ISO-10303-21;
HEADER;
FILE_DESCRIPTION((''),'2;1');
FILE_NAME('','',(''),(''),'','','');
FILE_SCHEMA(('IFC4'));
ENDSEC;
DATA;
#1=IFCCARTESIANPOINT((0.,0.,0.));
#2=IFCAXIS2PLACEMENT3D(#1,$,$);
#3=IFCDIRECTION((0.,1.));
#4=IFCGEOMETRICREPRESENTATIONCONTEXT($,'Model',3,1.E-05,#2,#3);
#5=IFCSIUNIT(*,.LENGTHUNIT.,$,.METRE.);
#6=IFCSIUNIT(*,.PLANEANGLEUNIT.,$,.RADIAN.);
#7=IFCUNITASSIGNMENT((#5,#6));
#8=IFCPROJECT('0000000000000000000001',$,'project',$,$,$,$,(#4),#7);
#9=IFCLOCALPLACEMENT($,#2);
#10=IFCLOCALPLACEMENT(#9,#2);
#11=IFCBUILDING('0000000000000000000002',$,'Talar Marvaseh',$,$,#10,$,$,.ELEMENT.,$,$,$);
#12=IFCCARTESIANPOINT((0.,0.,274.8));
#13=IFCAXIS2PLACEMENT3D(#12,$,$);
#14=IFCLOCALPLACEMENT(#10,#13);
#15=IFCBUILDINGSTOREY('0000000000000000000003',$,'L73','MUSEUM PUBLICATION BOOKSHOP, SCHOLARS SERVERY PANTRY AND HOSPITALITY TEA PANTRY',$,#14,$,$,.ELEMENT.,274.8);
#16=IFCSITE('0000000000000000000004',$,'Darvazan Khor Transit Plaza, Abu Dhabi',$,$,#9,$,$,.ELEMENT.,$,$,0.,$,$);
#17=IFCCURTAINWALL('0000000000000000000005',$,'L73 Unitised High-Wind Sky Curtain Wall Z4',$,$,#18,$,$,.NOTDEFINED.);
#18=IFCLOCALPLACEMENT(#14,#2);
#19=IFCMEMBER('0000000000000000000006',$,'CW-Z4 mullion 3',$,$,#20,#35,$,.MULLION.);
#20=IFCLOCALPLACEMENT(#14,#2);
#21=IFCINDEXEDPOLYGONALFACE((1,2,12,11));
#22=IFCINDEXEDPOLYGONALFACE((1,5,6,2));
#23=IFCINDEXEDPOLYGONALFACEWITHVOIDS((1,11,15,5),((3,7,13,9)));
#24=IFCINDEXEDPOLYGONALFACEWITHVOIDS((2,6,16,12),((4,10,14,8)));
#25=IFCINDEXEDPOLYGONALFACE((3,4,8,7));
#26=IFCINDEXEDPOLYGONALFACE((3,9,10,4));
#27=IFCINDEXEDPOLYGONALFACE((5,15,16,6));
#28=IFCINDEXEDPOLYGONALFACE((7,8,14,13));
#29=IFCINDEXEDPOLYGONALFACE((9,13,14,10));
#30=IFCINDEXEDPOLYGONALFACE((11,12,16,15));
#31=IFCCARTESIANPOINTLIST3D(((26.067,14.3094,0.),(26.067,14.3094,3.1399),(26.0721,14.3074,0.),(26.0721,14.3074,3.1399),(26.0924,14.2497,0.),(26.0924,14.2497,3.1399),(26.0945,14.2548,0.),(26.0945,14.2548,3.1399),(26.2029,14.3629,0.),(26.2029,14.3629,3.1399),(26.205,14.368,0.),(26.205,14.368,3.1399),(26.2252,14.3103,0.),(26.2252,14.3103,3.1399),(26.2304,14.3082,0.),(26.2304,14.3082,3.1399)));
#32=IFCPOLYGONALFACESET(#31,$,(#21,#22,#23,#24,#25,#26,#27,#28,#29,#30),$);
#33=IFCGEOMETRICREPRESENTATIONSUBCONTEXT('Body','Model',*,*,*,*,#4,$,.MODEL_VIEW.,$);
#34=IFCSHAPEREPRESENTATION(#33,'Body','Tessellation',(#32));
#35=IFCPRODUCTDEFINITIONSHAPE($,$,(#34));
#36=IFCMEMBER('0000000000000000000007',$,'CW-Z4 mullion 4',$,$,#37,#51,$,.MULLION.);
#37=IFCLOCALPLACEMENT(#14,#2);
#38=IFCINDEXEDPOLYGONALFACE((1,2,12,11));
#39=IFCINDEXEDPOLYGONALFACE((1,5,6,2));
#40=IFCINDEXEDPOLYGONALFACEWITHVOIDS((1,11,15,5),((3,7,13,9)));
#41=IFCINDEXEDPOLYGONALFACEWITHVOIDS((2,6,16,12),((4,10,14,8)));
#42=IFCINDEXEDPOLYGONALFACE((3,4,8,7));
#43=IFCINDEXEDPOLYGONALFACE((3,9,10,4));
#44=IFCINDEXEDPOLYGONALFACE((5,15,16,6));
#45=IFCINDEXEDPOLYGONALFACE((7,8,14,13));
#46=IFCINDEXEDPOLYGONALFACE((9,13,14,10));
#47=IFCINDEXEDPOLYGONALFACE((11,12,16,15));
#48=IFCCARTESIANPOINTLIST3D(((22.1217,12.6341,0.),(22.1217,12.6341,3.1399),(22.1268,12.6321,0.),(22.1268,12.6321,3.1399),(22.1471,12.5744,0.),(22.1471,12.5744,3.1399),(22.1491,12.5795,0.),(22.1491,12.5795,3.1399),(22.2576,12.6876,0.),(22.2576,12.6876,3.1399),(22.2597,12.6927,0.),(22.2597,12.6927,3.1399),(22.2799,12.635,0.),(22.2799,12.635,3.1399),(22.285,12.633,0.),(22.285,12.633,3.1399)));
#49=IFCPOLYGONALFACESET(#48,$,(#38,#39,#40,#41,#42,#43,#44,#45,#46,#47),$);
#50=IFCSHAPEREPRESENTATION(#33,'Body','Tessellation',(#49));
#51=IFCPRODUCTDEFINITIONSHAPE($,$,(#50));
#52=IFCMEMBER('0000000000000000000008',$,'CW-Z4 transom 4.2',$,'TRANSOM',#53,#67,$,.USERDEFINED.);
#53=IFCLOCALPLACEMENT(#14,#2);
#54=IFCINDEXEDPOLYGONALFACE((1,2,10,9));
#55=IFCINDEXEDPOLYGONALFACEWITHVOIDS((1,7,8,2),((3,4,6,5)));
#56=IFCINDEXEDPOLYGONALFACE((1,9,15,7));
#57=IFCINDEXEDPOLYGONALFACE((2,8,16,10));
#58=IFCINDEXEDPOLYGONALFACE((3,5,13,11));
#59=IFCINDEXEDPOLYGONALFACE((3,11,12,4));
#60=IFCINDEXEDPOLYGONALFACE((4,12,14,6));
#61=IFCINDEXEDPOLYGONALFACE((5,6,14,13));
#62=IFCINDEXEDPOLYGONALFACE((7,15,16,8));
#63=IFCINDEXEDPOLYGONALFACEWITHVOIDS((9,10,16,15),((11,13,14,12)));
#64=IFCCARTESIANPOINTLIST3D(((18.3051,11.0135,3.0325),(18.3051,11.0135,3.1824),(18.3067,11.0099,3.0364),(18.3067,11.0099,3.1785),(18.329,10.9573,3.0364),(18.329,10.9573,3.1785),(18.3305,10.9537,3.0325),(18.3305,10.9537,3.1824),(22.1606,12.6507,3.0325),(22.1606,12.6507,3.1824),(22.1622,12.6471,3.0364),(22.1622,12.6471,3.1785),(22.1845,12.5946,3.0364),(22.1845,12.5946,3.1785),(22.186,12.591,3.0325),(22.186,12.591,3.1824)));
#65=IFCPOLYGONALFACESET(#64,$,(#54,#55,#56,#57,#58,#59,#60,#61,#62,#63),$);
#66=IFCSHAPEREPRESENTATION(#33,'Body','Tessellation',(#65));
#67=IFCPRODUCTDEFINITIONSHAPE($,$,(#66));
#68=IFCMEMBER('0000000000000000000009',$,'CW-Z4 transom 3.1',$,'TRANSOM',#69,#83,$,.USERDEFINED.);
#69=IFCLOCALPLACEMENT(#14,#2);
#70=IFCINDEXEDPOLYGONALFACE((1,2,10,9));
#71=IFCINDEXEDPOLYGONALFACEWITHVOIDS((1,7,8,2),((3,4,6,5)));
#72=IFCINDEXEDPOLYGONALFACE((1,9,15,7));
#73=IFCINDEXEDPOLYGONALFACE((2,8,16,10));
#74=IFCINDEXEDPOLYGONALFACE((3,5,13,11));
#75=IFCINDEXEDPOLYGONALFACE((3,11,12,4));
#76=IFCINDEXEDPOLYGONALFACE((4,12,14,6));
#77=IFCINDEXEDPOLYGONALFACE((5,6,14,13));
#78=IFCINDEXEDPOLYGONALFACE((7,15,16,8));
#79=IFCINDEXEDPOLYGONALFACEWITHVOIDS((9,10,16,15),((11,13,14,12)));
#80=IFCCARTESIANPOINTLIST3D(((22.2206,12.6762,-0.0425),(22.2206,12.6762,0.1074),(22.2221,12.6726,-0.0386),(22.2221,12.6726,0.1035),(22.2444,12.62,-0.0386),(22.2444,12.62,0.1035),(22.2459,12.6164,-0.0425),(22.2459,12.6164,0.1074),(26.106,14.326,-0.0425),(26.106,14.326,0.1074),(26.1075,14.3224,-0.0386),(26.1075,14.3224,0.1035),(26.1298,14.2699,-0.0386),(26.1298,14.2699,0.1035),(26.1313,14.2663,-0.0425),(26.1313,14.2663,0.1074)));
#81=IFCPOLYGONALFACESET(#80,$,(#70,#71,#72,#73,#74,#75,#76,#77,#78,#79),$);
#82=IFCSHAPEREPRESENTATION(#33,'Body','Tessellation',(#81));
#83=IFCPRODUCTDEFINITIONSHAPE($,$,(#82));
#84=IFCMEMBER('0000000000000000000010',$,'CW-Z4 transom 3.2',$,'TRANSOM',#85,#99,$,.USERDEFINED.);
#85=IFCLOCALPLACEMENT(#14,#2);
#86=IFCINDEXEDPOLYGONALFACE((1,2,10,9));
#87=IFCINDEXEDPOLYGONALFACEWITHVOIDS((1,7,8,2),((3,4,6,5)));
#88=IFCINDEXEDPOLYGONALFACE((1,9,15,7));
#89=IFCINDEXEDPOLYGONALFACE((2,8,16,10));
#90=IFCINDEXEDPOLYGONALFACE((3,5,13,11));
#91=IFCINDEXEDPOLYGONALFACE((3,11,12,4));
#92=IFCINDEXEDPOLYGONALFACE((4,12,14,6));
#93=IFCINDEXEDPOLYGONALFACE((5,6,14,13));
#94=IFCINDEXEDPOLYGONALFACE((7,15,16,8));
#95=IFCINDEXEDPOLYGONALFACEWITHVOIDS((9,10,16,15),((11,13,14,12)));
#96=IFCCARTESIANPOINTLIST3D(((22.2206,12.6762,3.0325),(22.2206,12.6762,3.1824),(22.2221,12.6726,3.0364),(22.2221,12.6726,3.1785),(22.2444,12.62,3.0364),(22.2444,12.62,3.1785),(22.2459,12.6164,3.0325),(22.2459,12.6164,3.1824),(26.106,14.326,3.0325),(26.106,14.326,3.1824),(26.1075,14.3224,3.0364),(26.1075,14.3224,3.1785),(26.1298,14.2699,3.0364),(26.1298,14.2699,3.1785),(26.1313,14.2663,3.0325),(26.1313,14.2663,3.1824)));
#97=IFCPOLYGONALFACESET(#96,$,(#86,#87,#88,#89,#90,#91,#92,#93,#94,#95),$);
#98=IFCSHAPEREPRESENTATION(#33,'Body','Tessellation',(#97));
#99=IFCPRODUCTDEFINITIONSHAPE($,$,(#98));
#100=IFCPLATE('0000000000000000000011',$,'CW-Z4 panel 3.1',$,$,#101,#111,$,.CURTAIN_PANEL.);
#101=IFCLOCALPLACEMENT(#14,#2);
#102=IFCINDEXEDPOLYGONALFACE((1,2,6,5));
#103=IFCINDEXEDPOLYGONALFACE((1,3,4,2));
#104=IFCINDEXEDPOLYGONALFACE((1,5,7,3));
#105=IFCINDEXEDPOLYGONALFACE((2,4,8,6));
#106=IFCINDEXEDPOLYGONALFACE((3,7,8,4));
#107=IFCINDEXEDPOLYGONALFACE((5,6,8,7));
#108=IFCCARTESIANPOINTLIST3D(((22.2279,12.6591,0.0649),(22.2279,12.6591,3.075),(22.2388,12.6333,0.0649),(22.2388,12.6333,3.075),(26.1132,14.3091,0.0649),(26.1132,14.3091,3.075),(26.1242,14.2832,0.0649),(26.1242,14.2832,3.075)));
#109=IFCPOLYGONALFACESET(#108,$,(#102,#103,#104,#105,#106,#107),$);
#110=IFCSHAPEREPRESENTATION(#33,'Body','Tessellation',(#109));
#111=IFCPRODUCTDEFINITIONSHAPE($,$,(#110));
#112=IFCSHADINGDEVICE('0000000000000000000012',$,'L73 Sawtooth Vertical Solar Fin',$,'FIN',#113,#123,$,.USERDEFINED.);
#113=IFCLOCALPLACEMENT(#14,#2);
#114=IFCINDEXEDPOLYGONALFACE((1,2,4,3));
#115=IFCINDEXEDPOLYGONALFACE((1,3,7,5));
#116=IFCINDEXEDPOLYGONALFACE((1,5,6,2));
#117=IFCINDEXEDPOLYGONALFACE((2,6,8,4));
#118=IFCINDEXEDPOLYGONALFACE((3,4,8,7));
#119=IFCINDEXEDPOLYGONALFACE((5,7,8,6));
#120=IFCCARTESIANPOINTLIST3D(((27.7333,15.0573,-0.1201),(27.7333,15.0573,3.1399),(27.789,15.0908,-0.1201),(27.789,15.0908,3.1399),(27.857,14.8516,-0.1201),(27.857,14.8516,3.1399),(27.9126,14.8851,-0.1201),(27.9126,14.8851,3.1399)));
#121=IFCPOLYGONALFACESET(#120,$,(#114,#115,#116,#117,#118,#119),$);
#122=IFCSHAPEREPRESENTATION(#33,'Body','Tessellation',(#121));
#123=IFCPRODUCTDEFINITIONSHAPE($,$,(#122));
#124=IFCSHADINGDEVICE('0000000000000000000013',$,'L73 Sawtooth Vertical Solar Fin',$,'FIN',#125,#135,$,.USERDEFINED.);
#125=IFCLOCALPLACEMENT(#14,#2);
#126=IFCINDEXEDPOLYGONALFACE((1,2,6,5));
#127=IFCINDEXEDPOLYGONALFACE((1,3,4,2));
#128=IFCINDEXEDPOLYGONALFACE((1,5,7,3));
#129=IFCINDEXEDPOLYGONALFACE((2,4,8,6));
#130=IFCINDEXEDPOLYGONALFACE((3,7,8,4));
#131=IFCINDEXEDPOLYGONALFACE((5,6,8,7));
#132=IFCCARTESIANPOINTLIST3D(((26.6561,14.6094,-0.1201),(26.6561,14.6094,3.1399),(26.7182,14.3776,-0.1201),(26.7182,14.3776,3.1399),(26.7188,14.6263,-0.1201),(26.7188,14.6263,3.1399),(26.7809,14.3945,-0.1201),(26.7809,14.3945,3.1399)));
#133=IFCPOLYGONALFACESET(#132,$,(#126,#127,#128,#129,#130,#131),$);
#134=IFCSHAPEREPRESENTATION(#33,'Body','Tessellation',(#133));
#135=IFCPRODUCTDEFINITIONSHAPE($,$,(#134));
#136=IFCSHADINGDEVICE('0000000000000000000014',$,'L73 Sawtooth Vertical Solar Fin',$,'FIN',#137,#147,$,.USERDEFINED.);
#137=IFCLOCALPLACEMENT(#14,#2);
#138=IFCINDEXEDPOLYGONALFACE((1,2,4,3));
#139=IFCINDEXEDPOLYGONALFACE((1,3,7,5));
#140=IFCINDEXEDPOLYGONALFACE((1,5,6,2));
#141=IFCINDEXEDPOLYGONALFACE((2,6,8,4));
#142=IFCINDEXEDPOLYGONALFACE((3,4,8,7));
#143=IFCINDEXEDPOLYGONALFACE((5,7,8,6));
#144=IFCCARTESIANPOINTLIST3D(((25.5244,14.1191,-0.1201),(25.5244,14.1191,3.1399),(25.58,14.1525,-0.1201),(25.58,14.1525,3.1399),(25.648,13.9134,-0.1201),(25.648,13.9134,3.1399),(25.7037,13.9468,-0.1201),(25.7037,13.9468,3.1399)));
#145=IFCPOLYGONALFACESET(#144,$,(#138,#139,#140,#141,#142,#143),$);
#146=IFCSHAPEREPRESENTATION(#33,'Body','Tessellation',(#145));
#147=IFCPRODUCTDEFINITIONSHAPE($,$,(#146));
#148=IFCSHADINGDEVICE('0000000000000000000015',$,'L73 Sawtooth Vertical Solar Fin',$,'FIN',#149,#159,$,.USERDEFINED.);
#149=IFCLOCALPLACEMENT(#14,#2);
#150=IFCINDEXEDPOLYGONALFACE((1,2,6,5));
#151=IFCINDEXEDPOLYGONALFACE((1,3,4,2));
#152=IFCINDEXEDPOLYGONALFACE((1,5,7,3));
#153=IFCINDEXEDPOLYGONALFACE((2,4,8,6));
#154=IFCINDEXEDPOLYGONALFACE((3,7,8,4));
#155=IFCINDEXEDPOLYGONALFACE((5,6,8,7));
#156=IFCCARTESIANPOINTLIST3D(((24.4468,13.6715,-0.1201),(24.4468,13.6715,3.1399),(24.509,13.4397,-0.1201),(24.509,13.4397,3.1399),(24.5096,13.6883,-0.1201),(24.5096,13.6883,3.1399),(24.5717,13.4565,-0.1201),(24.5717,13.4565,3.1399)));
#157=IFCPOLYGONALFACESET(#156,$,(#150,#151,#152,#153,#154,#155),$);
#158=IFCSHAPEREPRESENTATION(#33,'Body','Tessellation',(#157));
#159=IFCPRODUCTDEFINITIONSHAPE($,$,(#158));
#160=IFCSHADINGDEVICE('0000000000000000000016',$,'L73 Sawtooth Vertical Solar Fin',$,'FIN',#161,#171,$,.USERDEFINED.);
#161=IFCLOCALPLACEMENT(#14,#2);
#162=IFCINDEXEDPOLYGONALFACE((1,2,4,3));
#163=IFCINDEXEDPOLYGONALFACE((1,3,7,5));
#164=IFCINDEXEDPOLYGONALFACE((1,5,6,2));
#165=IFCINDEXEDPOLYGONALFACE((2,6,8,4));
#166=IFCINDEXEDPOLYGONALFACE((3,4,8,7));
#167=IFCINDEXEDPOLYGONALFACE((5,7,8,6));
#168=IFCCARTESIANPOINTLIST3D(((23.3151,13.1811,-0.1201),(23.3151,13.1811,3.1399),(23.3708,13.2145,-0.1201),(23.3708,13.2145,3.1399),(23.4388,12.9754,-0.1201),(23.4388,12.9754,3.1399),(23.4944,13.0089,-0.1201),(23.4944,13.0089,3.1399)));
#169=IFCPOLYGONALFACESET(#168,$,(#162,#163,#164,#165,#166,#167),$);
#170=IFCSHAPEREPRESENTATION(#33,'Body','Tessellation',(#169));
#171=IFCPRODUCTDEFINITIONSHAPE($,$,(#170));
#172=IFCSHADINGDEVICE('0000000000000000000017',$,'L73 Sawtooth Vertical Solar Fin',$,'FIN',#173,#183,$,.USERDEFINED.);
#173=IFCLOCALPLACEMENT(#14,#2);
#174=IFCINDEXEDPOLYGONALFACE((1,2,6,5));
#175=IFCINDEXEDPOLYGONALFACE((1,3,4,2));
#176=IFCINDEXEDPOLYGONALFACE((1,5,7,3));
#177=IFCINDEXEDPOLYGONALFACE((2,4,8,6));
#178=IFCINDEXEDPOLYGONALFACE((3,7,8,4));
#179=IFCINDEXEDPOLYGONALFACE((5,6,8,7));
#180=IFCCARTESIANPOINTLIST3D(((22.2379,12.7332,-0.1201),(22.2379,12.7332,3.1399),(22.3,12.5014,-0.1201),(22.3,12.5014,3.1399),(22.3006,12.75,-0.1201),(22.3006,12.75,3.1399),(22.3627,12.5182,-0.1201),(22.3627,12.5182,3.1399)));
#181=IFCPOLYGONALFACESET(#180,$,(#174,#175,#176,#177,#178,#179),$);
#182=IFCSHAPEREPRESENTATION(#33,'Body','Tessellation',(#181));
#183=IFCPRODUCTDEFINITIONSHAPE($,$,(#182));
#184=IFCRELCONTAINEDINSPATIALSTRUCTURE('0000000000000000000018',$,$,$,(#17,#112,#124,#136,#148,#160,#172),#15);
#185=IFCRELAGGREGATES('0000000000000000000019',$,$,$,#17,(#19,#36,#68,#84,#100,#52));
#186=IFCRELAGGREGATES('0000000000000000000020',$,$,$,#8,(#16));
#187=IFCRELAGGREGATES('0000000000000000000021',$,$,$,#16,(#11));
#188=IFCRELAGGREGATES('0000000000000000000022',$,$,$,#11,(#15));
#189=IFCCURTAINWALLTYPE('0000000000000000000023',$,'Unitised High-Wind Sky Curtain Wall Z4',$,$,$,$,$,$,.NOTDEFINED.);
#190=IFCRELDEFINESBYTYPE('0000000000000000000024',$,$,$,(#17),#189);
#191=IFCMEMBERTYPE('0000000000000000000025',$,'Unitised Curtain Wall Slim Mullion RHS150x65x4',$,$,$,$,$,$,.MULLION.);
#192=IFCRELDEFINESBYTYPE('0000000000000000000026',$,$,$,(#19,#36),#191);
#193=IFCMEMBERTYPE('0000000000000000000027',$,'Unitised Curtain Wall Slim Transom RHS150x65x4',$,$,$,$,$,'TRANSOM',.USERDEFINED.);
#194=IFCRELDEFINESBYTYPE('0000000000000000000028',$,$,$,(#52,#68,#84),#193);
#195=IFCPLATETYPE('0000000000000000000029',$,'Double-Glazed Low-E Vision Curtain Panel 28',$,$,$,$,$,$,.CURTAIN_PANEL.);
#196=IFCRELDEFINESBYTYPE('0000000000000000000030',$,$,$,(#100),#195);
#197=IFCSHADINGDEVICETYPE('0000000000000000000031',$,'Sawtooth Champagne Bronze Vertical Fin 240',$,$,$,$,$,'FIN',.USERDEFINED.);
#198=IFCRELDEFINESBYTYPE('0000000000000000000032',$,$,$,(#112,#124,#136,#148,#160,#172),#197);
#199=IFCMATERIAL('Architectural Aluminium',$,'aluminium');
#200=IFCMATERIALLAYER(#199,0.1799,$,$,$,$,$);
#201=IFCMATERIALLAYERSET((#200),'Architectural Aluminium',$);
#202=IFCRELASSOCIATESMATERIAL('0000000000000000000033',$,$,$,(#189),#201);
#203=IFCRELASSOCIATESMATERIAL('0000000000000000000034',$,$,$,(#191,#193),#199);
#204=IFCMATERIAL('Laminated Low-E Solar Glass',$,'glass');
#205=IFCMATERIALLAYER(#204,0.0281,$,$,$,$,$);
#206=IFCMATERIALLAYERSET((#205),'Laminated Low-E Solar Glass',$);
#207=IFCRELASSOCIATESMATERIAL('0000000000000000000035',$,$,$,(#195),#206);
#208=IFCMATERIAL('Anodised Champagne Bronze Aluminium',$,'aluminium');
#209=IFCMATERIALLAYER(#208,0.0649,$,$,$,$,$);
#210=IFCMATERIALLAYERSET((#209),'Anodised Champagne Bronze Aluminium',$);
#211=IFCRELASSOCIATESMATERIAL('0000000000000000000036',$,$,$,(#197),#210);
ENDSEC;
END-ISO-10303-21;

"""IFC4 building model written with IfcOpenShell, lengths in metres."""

from ifc_helpers import new_model, si_unit, direction, frame, origin, origin_2d, place, context, subcontext, project, spatial, rectangle, hollow_rectangle, extrude, source, transform, mapped, material, layer, layer_set, material_profile, profile_set, type_object, type_shapes, element, aggregate, save


model = new_model("IFC4")

# Units and contexts
model_context = context("Model", 3, precision=1e-05, world=origin(), true_north=direction((0.0, 1.0)))
body_context = subcontext(model_context, "Body", "Model", "MODEL_VIEW")
ifc_project = project(units=[si_unit("LENGTHUNIT", "METRE"), si_unit("PLANEANGLEUNIT", "RADIAN")], contexts=[model_context])

# Site, building, storey
site_placement = place(None, origin())
site = spatial("IfcSite", under=ifc_project, at=site_placement, Name="Darvazan Khor Transit Plaza, Abu Dhabi", CompositionType="ELEMENT", RefElevation=0.0)
building_placement = place(site_placement, origin())
building = spatial("IfcBuilding", under=site, at=building_placement, Name="Talar Marvaseh", CompositionType="ELEMENT")
storey_placement = place(building_placement, frame((0.0, 0.0, 274.8)))
storey = spatial("IfcBuildingStorey", under=building, at=storey_placement, Name="L73", Description="MUSEUM PUBLICATION BOOKSHOP, SCHOLARS SERVERY PANTRY AND HOSPITALITY TEA PANTRY", CompositionType="ELEMENT", Elevation=274.8)

# Curtain wall, members, plate
ifc_material_1 = material(Name="Architectural Aluminium", Category="aluminium")
ifc_layer_1 = layer(ifc_material_1, 0.1799)
ifc_layer_set_1 = layer_set([ifc_layer_1], Name="Architectural Aluminium")
curtain_wall_type = type_object("IfcCurtainWallType", Name="Unitised High-Wind Sky Curtain Wall Z4", PredefinedType="NOTDEFINED", material=ifc_layer_set_1)
curtain_wall_placement = place(storey_placement, origin())
curtain_wall = element("IfcCurtainWall", 1, at=curtain_wall_placement, inside=storey, type_object=curtain_wall_type, Name="L73 Unitised High-Wind Sky Curtain Wall Z4", PredefinedType="NOTDEFINED")
ifc_material_profile_1 = material_profile(ifc_material_1, hollow_rectangle(XDim=0.0649, YDim=0.1499, WallThickness=0.0039, at=origin_2d()), Name="RHS150x65x4")
ifc_profile_set_1 = profile_set([ifc_material_profile_1], Name="Architectural Aluminium")
member_type_1 = type_object("IfcMemberType", Name="Unitised Curtain Wall Slim Mullion RHS150x65x4", PredefinedType="MULLION", material=ifc_profile_set_1)
shared_shape_1 = source(origin(), body_context, "Body", "SweptSolid", [
    extrude(hollow_rectangle(XDim=0.0649, YDim=0.1499, WallThickness=0.0039, at=origin_2d()), origin(), (0.0, 0.0, 1.0), 3.1399),
])
type_shapes(member_type_1, [shared_shape_1])
member_1_placement = place(storey_placement, frame((26.1487, 14.3088, 0.0), z_axis=(0.0, 0.0, 1.0), x_axis=(0.390873, -0.920445, 0.0)))
member_1 = element("IfcMember", 2, at=member_1_placement, type_object=member_type_1, Name="CW-Z4 mullion 3", PredefinedType="MULLION", context=body_context, shape_type="MappedRepresentation", body=[
    mapped(shared_shape_1, transform((0.0, 0.0, 0.0), x_axis=(1.0, 0.0, 0.0), y_axis=(0.0, 1.0, 0.0), z_axis=(0.0, 0.0, 1.0), scale=1.0)),
])
member_2_placement = place(storey_placement, frame((22.2034, 12.6335, 0.0), z_axis=(0.0, 0.0, 1.0), x_axis=(0.390873, -0.920445, 0.0)))
member_2 = element("IfcMember", 3, at=member_2_placement, type_object=member_type_1, Name="CW-Z4 mullion 4", PredefinedType="MULLION", context=body_context, shape_type="MappedRepresentation", body=[
    mapped(shared_shape_1, transform((0.0, 0.0, 0.0), x_axis=(1.0, 0.0, 0.0), y_axis=(0.0, 1.0, 0.0), z_axis=(0.0, 0.0, 1.0), scale=1.0)),
])
ifc_material_profile_2 = material_profile(ifc_material_1, hollow_rectangle(XDim=0.0649, YDim=0.1499, WallThickness=0.0039, at=origin_2d()), Name="RHS150x65x4")
ifc_profile_set_2 = profile_set([ifc_material_profile_2], Name="Architectural Aluminium")
member_type_2 = type_object("IfcMemberType", Name="Unitised Curtain Wall Slim Transom RHS150x65x4", ElementType="TRANSOM", PredefinedType="USERDEFINED", material=ifc_profile_set_2)
shared_shape_2 = source(origin(), body_context, "Body", "SweptSolid", [
    extrude(hollow_rectangle(XDim=0.0649, YDim=0.1499, WallThickness=0.0039, at=origin_2d()), origin(), (0.0, 0.0, 1.0), 4.1887),
])
member_3_placement = place(storey_placement, frame((22.1733, 12.6208, 3.1074), z_axis=(-0.920448, -0.390864, 0.0), x_axis=(0.390864, -0.920448, 0.0)))
member_3 = element("IfcMember", 4, at=member_3_placement, type_object=member_type_2, Name="CW-Z4 transom 4.2", ObjectType="TRANSOM", PredefinedType="USERDEFINED", context=body_context, shape_type="MappedRepresentation", body=[
    mapped(shared_shape_2, transform((0.0, 0.0, 0.0), x_axis=(1.0, 0.0, 0.0), y_axis=(0.0, 1.0, 0.0), z_axis=(0.0, 0.0, 1.0), scale=1.0)),
])
shared_shape_3 = source(origin(), body_context, "Body", "SweptSolid", [
    extrude(hollow_rectangle(XDim=0.0649, YDim=0.1499, WallThickness=0.0039, at=origin_2d()), origin(), (0.0, 0.0, 1.0), 4.2212),
])
type_shapes(member_type_2, [shared_shape_2, shared_shape_3])
member_4_placement = place(storey_placement, frame((26.1187, 14.2961, 0.0325), z_axis=(-0.920453, -0.390853, 0.0), x_axis=(0.390853, -0.920453, 0.0)))
member_4 = element("IfcMember", 5, at=member_4_placement, type_object=member_type_2, Name="CW-Z4 transom 3.1", ObjectType="TRANSOM", PredefinedType="USERDEFINED", context=body_context, shape_type="MappedRepresentation", body=[
    mapped(shared_shape_3, transform((0.0, 0.0, 0.0), x_axis=(1.0, 0.0, 0.0), y_axis=(0.0, 1.0, 0.0), z_axis=(0.0, 0.0, 1.0), scale=1.0)),
])
member_5_placement = place(storey_placement, frame((26.1187, 14.2961, 3.1074), z_axis=(-0.920453, -0.390853, 0.0), x_axis=(0.390853, -0.920453, 0.0)))
member_5 = element("IfcMember", 6, at=member_5_placement, type_object=member_type_2, Name="CW-Z4 transom 3.2", ObjectType="TRANSOM", PredefinedType="USERDEFINED", context=body_context, shape_type="MappedRepresentation", body=[
    mapped(shared_shape_3, transform((0.0, 0.0, 0.0), x_axis=(1.0, 0.0, 0.0), y_axis=(0.0, 1.0, 0.0), z_axis=(0.0, 0.0, 1.0), scale=1.0)),
])
ifc_material_2 = material(Name="Laminated Low-E Solar Glass", Category="glass")
ifc_layer_2 = layer(ifc_material_2, 0.0281)
ifc_layer_set_2 = layer_set([ifc_layer_2], Name="Laminated Low-E Solar Glass")
plate_type = type_object("IfcPlateType", Name="Double-Glazed Low-E Vision Curtain Panel 28", PredefinedType="CURTAIN_PANEL", material=ifc_layer_set_2)
shared_shape_4 = source(origin(), body_context, "Body", "SweptSolid", [
    extrude(rectangle(XDim=4.2212, YDim=0.0281, at=origin_2d()), origin(), (0.0, 0.0, 1.0), 3.01),
])
type_shapes(plate_type, [shared_shape_4])
plate_placement = place(storey_placement, frame((24.176, 13.4712, 0.0649), z_axis=(0.0, 0.0, 1.0), x_axis=(-0.920445, -0.390873, 0.0)))
plate = element("IfcPlate", 7, at=plate_placement, type_object=plate_type, Name="CW-Z4 panel 3.1", PredefinedType="CURTAIN_PANEL", context=body_context, shape_type="MappedRepresentation", body=[
    mapped(shared_shape_4, transform((0.0, 0.0, 0.0), x_axis=(1.0, 0.0, 0.0), y_axis=(0.0, 1.0, 0.0), z_axis=(0.0, 0.0, 1.0), scale=1.0)),
])
aggregate(curtain_wall, [member_1, member_2, member_4, member_5, plate, member_3])

# Shading devices
ifc_material_3 = material(Name="Anodised Champagne Bronze Aluminium", Category="aluminium")
ifc_layer_3 = layer(ifc_material_3, 0.0649)
ifc_layer_set_3 = layer_set([ifc_layer_3], Name="Anodised Champagne Bronze Aluminium")
shading_device_type = type_object("IfcShadingDeviceType", Name="Sawtooth Champagne Bronze Vertical Fin 240", ElementType="FIN", PredefinedType="USERDEFINED", material=ifc_layer_set_3)
shared_shape_5 = source(origin(), body_context, "Body", "SweptSolid", [
    extrude(rectangle(XDim=0.24, YDim=0.0649, at=origin_2d()), origin(), (0.0, 0.0, 1.0), 3.26),
])
type_shapes(shading_device_type, [shared_shape_5])
for number, where, z_axis, x_axis, name in (
    (8, (27.823, 14.9712, -0.1201), (0.0, 0.0, 1.0), (0.515188, -0.857077, 0.0), "L73 Sawtooth Vertical Solar Fin"),
    (9, (26.7185, 14.502, -0.1201), (0.0, 0.0, 1.0), (0.258988, -0.965881, 0.0), "L73 Sawtooth Vertical Solar Fin"),
    (10, (25.614, 14.033, -0.1201), (0.0, 0.0, 1.0), (0.515188, -0.857077, 0.0), "L73 Sawtooth Vertical Solar Fin"),
    (11, (24.5093, 13.564, -0.1201), (0.0, 0.0, 1.0), (0.258988, -0.965881, 0.0), "L73 Sawtooth Vertical Solar Fin"),
    (12, (23.4048, 13.095, -0.1201), (0.0, 0.0, 1.0), (0.515188, -0.857077, 0.0), "L73 Sawtooth Vertical Solar Fin"),
    (13, (22.3003, 12.6257, -0.1201), (0.0, 0.0, 1.0), (0.258988, -0.965881, 0.0), "L73 Sawtooth Vertical Solar Fin"),
):
    element("IfcShadingDevice", number, at=place(storey_placement, frame(where, z_axis=z_axis, x_axis=x_axis)), inside=storey, type_object=shading_device_type, Name=name, ObjectType="FIN", PredefinedType="USERDEFINED", context=body_context, shape_type="MappedRepresentation", body=[
        mapped(shared_shape_5, transform((0.0, 0.0, 0.0), x_axis=(1.0, 0.0, 0.0), y_axis=(0.0, 1.0, 0.0), z_axis=(0.0, 0.0, 1.0), scale=1.0)),
    ])

save(model, "model.ifc")
